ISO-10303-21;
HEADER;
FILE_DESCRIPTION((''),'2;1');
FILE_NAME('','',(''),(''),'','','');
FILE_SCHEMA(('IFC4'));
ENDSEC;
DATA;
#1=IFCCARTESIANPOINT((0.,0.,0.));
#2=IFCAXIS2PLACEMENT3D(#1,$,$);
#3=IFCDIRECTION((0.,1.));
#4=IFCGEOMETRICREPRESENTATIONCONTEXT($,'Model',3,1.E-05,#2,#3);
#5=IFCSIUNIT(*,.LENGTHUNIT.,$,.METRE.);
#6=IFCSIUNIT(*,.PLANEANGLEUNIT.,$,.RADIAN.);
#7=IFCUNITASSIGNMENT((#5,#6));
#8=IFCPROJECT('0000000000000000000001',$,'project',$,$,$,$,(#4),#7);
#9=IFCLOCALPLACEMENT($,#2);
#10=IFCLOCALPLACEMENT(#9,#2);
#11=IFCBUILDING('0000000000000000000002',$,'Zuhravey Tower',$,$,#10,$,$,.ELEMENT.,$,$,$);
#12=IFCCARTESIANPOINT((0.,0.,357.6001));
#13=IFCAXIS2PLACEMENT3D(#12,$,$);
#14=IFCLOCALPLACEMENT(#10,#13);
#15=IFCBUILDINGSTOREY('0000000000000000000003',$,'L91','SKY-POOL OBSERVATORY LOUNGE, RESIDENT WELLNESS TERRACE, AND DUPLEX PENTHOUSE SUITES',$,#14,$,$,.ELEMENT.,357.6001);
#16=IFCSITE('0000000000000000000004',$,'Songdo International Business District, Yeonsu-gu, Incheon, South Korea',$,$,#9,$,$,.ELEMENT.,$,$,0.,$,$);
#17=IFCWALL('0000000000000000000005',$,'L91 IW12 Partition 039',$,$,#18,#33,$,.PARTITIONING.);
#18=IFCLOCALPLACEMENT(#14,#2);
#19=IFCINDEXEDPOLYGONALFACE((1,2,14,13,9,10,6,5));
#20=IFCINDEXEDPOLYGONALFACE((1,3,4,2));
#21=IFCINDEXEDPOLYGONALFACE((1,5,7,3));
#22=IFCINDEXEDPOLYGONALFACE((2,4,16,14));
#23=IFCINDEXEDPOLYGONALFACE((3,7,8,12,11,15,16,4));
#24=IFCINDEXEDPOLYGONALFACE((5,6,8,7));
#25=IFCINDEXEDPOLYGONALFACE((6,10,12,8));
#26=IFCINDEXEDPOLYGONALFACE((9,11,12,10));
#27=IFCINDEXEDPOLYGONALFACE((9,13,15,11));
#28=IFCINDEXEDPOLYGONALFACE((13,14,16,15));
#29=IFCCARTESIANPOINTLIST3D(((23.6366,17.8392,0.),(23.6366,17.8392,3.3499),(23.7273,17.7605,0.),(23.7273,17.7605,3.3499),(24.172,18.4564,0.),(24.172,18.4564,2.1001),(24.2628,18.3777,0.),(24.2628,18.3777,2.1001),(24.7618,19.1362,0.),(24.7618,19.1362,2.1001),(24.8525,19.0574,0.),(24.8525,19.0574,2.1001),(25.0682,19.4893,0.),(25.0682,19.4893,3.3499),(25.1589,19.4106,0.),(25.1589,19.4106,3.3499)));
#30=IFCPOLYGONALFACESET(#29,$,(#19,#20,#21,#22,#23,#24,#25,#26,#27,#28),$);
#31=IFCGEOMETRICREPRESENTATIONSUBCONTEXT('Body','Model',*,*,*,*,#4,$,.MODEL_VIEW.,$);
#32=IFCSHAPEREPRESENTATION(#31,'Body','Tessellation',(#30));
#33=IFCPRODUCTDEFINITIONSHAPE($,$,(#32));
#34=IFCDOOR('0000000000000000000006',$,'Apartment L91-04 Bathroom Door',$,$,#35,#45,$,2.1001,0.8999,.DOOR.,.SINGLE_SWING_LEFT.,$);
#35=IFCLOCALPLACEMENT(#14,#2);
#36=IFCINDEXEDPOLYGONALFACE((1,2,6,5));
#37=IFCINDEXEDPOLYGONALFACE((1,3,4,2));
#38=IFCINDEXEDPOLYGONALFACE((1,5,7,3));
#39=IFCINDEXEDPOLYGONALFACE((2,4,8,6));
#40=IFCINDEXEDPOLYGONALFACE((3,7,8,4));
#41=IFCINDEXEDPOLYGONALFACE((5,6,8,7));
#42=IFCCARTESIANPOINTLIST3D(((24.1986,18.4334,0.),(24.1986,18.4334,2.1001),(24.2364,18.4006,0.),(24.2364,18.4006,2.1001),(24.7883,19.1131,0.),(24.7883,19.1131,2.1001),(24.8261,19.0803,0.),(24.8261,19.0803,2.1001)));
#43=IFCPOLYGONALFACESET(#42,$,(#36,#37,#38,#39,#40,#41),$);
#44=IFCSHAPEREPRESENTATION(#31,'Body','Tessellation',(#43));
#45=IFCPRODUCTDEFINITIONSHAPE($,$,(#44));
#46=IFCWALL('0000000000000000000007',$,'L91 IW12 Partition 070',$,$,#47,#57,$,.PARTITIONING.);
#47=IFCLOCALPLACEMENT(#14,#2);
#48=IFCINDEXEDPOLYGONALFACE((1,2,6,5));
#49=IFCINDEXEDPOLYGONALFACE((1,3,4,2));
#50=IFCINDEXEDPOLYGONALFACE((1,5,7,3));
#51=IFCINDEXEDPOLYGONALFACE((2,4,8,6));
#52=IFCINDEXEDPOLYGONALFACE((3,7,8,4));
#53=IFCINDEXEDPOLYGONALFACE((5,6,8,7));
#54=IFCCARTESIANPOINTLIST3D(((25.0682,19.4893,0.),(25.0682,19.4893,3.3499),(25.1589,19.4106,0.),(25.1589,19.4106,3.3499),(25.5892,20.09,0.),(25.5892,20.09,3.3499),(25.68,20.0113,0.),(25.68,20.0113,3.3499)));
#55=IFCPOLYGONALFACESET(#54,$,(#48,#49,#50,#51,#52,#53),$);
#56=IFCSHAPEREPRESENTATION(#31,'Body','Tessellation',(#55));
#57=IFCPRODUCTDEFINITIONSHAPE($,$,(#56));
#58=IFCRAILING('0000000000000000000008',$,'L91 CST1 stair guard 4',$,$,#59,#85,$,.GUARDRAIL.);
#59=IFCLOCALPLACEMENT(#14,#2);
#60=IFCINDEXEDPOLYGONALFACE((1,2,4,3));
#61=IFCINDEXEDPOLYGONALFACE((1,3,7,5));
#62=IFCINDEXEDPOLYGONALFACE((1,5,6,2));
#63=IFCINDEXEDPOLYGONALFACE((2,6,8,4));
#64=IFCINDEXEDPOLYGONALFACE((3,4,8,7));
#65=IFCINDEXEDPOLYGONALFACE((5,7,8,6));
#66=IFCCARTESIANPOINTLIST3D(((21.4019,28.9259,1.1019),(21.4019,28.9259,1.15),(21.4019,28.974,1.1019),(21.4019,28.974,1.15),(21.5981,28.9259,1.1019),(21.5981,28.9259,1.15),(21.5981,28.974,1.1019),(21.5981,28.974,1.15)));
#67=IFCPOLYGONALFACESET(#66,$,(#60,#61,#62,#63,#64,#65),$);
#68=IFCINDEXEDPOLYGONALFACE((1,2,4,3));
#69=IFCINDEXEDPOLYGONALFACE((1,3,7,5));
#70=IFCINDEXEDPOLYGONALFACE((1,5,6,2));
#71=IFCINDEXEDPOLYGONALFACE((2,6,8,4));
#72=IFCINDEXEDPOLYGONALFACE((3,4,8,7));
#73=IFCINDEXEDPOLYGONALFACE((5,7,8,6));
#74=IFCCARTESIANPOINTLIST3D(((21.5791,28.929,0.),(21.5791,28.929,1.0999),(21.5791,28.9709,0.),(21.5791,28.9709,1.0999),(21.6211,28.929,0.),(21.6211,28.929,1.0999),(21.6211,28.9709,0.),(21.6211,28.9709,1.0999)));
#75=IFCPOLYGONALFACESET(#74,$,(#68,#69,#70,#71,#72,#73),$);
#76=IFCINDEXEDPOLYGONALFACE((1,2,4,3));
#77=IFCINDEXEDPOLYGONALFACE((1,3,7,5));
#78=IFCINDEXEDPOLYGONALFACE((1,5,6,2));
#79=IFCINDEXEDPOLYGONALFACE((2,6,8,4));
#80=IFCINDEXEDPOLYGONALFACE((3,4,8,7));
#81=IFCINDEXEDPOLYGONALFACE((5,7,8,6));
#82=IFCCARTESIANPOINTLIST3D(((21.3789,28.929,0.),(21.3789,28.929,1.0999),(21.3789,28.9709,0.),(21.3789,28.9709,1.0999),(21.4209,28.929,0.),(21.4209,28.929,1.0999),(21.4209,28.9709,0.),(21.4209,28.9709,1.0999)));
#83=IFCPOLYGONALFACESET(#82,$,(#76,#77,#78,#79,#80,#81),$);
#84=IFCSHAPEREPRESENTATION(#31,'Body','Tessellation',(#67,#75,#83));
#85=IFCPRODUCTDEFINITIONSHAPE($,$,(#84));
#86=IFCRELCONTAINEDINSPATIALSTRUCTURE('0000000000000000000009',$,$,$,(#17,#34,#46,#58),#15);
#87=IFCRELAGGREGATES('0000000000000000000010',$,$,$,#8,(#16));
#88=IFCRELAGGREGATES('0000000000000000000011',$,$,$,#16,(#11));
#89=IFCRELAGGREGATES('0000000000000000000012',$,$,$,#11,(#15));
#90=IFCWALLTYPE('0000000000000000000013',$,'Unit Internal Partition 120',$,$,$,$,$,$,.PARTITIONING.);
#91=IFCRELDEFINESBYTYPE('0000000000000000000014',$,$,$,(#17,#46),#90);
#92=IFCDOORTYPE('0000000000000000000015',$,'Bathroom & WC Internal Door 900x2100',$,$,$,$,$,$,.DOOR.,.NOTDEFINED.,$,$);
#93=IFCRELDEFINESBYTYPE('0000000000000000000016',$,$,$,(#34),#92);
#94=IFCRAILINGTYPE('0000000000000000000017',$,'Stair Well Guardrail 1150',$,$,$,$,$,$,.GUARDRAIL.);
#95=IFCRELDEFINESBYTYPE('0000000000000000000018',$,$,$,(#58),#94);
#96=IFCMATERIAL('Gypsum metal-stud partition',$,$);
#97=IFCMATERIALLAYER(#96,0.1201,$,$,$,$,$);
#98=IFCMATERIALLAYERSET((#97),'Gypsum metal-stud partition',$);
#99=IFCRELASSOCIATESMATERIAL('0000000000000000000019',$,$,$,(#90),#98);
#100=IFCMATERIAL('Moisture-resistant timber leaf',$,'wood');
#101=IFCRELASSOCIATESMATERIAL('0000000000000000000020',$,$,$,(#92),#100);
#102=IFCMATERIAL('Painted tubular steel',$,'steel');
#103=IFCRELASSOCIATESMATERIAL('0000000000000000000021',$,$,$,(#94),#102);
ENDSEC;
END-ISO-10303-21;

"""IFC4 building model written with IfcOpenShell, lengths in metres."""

from ifc_helpers import new_model, si_unit, direction, frame, frame_2d, origin, origin_2d, place, context, subcontext, project, spatial, rectangle, extrude, material, layer, layer_set, type_object, element, fill, save


model = new_model("IFC4")

# Units and contexts
model_context = context("Model", 3, precision=1e-05, world=origin(), true_north=direction((0.0, 1.0)))
body_context = subcontext(model_context, "Body", "Model", "MODEL_VIEW")
ifc_project = project(units=[si_unit("LENGTHUNIT", "METRE"), si_unit("PLANEANGLEUNIT", "RADIAN")], contexts=[model_context])

# Site, building, storey
site_placement = place(None, origin())
site = spatial("IfcSite", under=ifc_project, at=site_placement, Name="Songdo International Business District, Yeonsu-gu, Incheon, South Korea", CompositionType="ELEMENT", RefElevation=0.0)
building_placement = place(site_placement, origin())
building = spatial("IfcBuilding", under=site, at=building_placement, Name="Zuhravey Tower", CompositionType="ELEMENT")
storey_placement = place(building_placement, frame((0.0, 0.0, 357.6001)))
storey = spatial("IfcBuildingStorey", under=building, at=storey_placement, Name="L91", Description="SKY-POOL OBSERVATORY LOUNGE, RESIDENT WELLNESS TERRACE, AND DUPLEX PENTHOUSE SUITES", CompositionType="ELEMENT", Elevation=357.6001)

# Wall, opening, door
ifc_material_1 = material(Name="Gypsum metal-stud partition")
ifc_layer_1 = layer(ifc_material_1, 0.1201)
ifc_layer_set_1 = layer_set([ifc_layer_1], Name="Gypsum metal-stud partition")
wall_type_1 = type_object("IfcWallType", Name="Unit Internal Partition 120", PredefinedType="PARTITIONING", material=ifc_layer_set_1)
wall_1_placement = place(storey_placement, frame((25.1135, 19.45, 0.0), z_axis=(0.0, 0.0, 1.0), x_axis=(-0.655326, -0.755346, 0.0)))
wall_1 = element("IfcWall", 1, at=wall_1_placement, inside=storey, type_object=wall_type_1, Name="L91 IW12 Partition 039", PredefinedType="PARTITIONING", context=body_context, shape_type="SweptSolid", body=[
    extrude(rectangle(XDim=2.1846, YDim=0.1201, at=frame_2d((1.0923, 0.0))), origin(), (0.0, 0.0, 1.0), 3.3499),
])
opening_1_placement = place(wall_1_placement, frame((0.4675, 0.0, 0.0)))
opening_1 = element("IfcOpeningElement", 2, at=opening_1_placement, cuts=wall_1, PredefinedType="OPENING", context=body_context, shape_type="SweptSolid", body=[
    extrude(rectangle(XDim=0.8999, YDim=2.1001, at=frame_2d((0.45, 1.05))), frame((0.0, 0.072, 0.0), z_axis=(0.0, -1.0, 0.0), x_axis=(1.0, 0.0, 0.0)), (0.0, 0.0, 1.0), 0.144),
])
ifc_material_2 = material(Name="Moisture-resistant timber leaf", Category="wood")
door_type_1 = type_object("IfcDoorType", Name="Bathroom & WC Internal Door 900x2100", OperationType="NOTDEFINED", PredefinedType="DOOR", material=ifc_material_2)
door_1_placement = place(opening_1_placement, frame((0.8999, 0.0, 0.0), z_axis=(0.0, 0.0, 1.0), x_axis=(-1.0, 0.0, 0.0)))
door_1 = element("IfcDoor", 3, at=door_1_placement, inside=storey, type_object=door_type_1, Name="Apartment L91-04 Bathroom Door", OperationType="SINGLE_SWING_LEFT", OverallHeight=2.1001, OverallWidth=0.8999, PredefinedType="DOOR", context=body_context, shape_type="SweptSolid", body=[
    extrude(rectangle(XDim=0.8999, YDim=2.1001, at=frame_2d((0.45, 1.05))), frame((0.0, 0.0249, 0.0), z_axis=(0.0, -1.0, 0.0), x_axis=(1.0, 0.0, 0.0)), (0.0, 0.0, 1.0), 0.05),
])
fill(opening_1, door_1)

# Wall
wall_2_placement = place(storey_placement, frame((25.6345, 20.0505, 0.0), z_axis=(0.0, 0.0, 1.0), x_axis=(-0.655281, -0.755385, 0.0)))
element("IfcWall", 4, at=wall_2_placement, inside=storey, type_object=wall_type_1, Name="L91 IW12 Partition 070", PredefinedType="PARTITIONING", context=body_context, shape_type="SweptSolid", body=[
    extrude(rectangle(XDim=0.7952, YDim=0.1201, at=frame_2d((0.3975, 0.0))), origin(), (0.0, 0.0, 1.0), 3.3499),
])

# Railing
ifc_material_3 = material(Name="Painted tubular steel", Category="steel")
railing_type = type_object("IfcRailingType", Name="Stair Well Guardrail 1150", PredefinedType="GUARDRAIL", material=ifc_material_3)
railing_placement = place(storey_placement, frame((21.6001, 28.95, 0.0)))
element("IfcRailing", 5, at=railing_placement, inside=storey, type_object=railing_type, Name="L91 CST1 stair guard 4", PredefinedType="GUARDRAIL", context=body_context, shape_type="SweptSolid", body=[
    extrude(rectangle(XDim=0.0481, YDim=0.0481, at=origin_2d()), frame((-0.002, 0.0, 1.126), z_axis=(-1.0, 0.0, 0.0), x_axis=(0.0, -1.0, 0.0)), (0.0, 0.0, 1.0), 0.1963),
    extrude(rectangle(XDim=0.042, YDim=0.042, at=origin_2d()), origin(), (0.0, 0.0, 1.0), 1.0999),
    extrude(rectangle(XDim=0.042, YDim=0.042, at=origin_2d()), frame((-0.2002, 0.0, 0.0)), (0.0, 0.0, 1.0), 1.0999),
])

save(model, "model.ifc")
